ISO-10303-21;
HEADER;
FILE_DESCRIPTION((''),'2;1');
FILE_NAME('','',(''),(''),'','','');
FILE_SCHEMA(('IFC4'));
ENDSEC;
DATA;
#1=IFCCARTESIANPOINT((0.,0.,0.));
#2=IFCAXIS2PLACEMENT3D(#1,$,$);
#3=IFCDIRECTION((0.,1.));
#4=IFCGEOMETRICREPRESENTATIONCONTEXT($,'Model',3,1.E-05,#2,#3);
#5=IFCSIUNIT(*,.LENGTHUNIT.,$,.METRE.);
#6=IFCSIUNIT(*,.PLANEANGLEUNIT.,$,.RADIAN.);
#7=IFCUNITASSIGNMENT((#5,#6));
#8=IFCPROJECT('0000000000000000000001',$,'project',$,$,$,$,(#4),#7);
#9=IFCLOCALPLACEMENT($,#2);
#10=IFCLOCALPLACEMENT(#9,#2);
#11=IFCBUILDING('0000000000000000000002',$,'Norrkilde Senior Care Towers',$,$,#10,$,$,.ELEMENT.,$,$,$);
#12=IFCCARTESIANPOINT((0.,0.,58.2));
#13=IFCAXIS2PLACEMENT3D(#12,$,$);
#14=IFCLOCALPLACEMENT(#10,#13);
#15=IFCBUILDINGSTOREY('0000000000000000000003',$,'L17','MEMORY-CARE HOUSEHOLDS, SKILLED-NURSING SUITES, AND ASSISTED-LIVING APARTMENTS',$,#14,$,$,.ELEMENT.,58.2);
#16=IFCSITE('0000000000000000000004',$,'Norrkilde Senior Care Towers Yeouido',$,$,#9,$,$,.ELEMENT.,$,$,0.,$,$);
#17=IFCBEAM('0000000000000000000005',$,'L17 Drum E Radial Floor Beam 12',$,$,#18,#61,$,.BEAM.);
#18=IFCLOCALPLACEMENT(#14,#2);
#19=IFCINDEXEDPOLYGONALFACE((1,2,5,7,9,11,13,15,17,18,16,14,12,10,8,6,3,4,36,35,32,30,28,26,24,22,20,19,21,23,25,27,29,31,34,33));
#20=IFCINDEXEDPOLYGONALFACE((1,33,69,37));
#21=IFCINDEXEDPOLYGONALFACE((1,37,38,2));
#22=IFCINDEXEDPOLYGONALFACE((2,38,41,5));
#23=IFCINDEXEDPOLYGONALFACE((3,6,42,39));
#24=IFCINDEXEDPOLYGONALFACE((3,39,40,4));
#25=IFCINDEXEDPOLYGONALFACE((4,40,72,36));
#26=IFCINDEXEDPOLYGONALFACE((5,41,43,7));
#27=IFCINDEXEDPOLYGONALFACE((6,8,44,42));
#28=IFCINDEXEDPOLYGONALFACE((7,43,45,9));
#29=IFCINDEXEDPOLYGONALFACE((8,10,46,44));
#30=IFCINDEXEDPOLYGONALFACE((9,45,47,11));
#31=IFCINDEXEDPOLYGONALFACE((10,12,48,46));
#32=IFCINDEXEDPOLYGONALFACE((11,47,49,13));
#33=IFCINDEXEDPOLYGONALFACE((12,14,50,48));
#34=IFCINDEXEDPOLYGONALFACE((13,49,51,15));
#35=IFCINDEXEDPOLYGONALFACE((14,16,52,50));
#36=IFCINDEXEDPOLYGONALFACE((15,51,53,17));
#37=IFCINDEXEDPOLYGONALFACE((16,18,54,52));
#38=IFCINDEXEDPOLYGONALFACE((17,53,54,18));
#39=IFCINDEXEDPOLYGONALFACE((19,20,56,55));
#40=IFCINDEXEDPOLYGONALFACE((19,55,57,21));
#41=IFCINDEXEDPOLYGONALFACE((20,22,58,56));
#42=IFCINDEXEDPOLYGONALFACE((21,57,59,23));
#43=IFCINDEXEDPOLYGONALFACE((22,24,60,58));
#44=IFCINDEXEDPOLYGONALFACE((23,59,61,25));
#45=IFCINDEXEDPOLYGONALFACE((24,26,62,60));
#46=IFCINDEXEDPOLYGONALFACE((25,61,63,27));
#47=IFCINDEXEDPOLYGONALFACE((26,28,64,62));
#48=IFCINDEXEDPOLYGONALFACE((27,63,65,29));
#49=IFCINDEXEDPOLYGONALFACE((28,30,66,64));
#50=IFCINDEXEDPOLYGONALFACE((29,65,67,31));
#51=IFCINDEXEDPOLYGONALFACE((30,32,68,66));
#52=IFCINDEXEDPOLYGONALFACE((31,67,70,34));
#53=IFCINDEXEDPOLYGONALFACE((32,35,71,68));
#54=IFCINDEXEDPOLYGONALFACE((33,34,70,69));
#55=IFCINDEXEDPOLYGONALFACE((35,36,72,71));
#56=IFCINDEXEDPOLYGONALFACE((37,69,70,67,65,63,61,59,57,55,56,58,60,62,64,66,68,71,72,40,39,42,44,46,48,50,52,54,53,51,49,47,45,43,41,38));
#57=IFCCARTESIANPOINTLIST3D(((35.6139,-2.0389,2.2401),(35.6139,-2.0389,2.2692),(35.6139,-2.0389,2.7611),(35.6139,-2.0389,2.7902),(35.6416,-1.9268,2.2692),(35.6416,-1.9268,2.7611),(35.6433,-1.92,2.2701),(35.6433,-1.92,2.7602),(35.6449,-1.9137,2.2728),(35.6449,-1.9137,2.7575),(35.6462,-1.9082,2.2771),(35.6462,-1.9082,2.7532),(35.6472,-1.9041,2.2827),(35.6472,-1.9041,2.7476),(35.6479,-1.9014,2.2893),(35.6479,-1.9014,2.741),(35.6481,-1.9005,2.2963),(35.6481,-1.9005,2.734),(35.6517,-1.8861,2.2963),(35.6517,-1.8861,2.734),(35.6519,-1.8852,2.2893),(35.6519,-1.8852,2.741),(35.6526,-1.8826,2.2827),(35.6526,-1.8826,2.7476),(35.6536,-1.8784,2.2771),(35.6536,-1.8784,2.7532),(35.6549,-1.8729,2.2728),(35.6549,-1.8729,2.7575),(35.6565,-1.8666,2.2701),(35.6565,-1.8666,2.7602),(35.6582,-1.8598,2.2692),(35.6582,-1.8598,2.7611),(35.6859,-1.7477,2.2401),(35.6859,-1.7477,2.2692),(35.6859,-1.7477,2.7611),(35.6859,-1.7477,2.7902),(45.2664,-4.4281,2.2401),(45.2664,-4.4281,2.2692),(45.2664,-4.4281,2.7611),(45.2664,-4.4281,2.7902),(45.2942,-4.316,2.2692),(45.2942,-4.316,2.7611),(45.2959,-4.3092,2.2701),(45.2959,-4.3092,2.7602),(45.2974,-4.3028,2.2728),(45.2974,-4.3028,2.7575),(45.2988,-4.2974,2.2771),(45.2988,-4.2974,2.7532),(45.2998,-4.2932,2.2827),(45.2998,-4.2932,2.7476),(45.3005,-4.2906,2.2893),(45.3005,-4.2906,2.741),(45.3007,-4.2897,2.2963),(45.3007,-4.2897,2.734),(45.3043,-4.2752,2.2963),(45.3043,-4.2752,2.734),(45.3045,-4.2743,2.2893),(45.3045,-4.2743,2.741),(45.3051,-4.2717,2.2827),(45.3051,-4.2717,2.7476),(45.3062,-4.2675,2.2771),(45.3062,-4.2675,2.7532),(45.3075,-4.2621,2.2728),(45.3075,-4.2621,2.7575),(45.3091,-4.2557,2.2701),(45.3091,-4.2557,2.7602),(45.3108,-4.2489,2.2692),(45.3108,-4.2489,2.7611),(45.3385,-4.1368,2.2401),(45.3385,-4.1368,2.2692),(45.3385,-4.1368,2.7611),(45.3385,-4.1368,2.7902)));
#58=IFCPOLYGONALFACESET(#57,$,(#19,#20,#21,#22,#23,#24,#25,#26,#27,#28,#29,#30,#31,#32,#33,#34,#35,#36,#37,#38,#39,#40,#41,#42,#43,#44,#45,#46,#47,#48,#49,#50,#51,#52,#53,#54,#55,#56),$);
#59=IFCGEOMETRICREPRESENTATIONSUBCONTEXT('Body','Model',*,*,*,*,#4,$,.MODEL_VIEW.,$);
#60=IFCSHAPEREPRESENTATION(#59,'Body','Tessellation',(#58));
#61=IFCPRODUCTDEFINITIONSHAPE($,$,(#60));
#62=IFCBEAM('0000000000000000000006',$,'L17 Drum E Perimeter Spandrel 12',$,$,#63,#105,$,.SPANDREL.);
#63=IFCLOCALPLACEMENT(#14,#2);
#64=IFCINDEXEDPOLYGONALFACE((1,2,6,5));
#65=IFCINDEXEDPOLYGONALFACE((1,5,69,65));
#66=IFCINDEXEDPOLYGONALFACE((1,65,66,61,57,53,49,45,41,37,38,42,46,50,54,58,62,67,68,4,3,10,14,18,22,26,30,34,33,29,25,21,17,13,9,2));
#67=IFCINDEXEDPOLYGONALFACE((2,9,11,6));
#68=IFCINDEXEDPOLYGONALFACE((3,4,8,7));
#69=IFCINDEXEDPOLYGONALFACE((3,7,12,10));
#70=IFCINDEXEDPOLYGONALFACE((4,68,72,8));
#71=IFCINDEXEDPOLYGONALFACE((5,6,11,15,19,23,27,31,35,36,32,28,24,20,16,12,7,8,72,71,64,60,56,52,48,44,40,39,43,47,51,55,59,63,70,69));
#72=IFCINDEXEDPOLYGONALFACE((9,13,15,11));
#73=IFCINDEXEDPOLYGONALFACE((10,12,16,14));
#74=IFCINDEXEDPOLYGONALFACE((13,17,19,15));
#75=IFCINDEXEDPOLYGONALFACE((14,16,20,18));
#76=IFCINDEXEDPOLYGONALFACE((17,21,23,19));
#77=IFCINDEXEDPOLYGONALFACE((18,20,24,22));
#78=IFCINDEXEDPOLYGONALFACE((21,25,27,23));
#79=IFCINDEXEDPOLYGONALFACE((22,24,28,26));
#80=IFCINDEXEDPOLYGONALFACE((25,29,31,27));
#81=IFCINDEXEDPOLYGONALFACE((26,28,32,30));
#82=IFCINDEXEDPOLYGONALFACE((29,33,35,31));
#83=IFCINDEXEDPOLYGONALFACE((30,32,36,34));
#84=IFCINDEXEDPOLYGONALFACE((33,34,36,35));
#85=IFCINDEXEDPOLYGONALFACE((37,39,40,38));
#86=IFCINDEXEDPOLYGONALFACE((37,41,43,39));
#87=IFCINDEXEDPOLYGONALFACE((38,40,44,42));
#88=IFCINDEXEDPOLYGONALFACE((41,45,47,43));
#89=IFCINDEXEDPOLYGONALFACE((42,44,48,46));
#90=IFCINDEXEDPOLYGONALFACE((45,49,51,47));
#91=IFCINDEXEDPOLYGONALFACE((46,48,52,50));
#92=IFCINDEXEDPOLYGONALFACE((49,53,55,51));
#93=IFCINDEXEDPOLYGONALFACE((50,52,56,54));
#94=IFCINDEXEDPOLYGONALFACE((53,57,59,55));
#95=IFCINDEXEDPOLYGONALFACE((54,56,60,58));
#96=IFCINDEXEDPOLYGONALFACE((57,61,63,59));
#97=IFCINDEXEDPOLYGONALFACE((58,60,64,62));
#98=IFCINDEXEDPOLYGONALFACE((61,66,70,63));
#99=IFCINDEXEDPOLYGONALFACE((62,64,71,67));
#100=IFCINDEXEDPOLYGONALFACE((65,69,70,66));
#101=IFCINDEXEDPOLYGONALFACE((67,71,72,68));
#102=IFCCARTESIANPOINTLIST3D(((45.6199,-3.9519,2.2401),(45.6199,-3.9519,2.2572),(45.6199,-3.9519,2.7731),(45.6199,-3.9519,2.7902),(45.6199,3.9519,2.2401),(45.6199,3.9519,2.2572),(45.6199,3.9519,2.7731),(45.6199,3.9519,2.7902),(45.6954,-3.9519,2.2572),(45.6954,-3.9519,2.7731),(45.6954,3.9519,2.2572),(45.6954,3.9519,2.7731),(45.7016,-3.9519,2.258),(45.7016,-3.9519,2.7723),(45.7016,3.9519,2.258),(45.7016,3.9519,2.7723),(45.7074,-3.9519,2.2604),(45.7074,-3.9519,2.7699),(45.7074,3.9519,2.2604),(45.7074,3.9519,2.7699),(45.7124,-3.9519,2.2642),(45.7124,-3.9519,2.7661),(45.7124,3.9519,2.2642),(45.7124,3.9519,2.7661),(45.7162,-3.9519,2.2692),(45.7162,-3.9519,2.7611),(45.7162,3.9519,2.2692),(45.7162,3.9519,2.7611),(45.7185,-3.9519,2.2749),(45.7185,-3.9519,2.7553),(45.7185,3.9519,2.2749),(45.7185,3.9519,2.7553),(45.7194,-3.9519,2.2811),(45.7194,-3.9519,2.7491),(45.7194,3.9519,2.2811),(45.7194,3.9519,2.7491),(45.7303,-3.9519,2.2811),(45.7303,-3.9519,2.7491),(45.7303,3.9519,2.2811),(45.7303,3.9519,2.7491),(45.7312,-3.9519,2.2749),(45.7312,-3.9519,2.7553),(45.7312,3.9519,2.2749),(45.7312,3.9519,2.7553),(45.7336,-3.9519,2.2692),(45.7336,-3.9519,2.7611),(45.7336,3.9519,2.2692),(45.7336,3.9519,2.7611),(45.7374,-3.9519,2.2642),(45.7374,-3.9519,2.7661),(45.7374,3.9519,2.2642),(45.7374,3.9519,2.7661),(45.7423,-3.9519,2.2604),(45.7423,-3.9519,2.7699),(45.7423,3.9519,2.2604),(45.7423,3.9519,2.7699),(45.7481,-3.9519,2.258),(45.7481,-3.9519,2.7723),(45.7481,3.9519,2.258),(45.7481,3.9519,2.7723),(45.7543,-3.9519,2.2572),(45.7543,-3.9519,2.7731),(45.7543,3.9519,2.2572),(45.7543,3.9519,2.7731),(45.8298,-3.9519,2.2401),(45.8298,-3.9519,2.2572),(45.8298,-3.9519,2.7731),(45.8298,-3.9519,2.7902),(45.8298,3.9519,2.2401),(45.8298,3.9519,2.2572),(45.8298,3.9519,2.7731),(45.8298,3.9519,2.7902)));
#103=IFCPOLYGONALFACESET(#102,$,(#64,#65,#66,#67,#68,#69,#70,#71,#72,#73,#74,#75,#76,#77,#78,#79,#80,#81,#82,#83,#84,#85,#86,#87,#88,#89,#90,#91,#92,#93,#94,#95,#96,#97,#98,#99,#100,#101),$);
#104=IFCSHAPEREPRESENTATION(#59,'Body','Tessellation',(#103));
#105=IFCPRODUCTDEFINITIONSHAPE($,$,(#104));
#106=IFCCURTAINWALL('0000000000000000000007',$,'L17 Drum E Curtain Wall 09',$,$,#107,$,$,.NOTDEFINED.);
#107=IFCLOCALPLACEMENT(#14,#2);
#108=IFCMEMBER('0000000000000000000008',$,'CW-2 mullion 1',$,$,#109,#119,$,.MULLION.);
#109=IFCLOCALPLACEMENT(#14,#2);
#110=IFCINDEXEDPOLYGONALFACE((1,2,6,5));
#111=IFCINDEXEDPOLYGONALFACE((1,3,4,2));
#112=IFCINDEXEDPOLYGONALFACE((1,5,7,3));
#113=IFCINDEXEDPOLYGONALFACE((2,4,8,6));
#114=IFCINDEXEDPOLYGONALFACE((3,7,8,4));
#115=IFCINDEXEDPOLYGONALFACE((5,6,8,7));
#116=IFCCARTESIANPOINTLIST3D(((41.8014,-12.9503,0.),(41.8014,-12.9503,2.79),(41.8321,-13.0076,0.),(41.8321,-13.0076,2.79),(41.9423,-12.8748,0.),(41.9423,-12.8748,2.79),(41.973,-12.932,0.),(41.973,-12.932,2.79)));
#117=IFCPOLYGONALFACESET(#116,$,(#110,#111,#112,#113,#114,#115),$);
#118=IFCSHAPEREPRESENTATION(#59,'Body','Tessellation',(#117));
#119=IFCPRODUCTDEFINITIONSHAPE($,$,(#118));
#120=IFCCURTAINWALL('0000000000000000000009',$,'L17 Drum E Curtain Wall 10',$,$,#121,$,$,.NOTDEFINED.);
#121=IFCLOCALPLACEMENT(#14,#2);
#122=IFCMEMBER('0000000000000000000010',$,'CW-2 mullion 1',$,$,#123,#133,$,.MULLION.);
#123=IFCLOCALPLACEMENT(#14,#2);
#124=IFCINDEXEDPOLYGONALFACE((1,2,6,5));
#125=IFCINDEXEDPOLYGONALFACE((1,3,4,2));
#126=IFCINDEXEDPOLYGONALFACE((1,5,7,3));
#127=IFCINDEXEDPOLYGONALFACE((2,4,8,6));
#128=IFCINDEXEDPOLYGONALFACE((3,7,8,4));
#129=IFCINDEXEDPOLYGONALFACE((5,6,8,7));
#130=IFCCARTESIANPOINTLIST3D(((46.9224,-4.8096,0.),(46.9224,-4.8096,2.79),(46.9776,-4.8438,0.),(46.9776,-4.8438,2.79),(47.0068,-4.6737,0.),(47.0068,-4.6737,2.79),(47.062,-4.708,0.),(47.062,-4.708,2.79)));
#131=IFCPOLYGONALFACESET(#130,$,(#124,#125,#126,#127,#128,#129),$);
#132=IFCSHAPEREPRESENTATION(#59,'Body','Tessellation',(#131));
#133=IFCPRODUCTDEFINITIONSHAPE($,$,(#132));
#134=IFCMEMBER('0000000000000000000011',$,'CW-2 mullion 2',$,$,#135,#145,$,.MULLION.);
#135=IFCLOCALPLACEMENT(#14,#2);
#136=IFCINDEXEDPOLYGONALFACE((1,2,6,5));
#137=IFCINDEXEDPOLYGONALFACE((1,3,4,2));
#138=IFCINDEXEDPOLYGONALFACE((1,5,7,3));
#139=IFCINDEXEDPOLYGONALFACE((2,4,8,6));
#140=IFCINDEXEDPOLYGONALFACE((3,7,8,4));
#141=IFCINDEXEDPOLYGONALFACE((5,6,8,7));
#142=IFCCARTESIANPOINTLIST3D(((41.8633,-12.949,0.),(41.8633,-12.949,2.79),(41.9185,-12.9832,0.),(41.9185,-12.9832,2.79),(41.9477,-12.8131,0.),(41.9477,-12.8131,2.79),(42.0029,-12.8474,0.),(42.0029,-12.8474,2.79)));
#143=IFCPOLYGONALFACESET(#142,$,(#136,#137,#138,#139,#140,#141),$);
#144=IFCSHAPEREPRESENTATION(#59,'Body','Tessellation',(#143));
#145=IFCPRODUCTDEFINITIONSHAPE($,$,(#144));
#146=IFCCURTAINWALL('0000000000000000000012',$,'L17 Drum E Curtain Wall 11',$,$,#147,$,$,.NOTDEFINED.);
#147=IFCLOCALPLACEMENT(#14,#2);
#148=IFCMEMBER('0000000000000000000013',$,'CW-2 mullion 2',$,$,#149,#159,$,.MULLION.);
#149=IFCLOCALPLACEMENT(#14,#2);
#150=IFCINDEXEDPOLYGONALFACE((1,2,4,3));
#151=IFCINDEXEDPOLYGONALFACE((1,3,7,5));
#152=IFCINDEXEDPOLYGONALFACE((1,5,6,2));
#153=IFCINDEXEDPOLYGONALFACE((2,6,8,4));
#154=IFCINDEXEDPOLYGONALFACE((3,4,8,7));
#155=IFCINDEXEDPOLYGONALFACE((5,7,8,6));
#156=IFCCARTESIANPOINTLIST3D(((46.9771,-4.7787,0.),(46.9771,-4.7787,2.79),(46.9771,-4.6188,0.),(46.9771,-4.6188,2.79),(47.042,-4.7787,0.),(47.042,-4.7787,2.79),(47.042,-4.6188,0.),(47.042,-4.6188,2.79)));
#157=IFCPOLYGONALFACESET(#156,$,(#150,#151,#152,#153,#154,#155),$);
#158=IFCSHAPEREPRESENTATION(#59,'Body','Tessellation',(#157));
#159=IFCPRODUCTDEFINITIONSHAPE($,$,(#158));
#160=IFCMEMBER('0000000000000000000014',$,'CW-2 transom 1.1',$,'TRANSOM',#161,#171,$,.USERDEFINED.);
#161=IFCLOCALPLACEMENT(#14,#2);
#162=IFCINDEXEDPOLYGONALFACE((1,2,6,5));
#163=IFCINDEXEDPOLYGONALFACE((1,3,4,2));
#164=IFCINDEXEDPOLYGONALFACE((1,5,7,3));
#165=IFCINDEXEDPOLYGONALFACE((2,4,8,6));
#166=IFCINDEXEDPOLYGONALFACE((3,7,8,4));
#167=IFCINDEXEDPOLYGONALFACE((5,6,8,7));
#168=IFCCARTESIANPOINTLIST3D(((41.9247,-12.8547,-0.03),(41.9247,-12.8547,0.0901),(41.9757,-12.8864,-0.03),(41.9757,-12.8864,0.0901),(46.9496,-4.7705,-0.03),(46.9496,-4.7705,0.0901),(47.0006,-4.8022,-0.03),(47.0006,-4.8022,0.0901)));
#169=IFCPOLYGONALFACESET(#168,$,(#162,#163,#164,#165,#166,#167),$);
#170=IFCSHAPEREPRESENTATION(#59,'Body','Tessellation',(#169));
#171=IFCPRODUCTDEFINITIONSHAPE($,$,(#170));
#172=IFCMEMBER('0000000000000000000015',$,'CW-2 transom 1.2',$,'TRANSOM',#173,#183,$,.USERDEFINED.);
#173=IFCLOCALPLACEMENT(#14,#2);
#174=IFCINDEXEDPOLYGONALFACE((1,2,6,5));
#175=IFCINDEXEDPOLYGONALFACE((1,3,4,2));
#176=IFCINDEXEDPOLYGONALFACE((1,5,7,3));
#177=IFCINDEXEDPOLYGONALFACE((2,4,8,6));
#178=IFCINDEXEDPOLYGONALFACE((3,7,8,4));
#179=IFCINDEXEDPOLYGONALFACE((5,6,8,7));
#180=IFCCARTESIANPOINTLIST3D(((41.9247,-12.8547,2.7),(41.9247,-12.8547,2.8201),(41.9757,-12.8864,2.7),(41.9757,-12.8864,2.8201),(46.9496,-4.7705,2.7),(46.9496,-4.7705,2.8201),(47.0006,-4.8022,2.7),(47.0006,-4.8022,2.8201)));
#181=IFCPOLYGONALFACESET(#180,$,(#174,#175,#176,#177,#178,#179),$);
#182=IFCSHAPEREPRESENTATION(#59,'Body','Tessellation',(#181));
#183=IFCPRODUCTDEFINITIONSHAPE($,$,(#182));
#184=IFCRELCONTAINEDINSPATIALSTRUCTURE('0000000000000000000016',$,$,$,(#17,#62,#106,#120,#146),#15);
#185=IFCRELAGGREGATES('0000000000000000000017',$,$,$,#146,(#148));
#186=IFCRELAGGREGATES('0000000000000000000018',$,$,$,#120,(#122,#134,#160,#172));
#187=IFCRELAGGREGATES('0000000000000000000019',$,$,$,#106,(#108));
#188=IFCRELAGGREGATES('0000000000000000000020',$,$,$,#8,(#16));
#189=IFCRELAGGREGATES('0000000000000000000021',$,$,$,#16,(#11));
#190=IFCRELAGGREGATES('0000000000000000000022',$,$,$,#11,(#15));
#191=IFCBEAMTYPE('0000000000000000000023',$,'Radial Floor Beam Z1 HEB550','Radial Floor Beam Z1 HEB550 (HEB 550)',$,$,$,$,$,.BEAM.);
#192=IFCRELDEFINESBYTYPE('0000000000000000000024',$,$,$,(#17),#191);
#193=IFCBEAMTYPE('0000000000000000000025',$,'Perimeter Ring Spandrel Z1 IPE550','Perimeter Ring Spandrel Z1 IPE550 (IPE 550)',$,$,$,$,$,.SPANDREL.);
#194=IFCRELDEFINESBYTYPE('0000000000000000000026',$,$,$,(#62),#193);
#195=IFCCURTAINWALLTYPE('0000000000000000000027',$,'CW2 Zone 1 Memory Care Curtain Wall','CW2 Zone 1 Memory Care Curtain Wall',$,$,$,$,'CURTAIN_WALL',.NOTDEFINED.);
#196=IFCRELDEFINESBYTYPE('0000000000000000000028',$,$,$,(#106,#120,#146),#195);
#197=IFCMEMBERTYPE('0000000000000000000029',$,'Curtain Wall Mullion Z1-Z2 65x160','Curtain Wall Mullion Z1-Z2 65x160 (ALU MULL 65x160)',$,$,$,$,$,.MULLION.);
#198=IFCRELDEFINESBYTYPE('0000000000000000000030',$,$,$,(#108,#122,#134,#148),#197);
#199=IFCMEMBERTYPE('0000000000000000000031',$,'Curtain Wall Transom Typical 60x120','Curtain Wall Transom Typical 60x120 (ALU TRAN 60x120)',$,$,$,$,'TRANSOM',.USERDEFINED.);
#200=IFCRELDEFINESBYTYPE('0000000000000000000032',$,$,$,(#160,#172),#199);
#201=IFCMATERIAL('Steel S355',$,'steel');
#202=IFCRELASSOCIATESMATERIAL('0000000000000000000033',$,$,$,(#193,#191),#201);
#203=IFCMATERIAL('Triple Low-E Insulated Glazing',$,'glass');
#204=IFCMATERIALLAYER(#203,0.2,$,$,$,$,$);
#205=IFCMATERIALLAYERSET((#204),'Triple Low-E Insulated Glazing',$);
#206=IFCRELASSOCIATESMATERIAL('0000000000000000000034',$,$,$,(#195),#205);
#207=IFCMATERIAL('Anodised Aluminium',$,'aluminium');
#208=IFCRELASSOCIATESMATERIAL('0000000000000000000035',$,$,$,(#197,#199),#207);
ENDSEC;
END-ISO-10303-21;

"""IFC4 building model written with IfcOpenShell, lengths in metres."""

from ifc_helpers import new_model, si_unit, direction, frame, origin, origin_2d, place, context, subcontext, project, spatial, rectangle, i_section, extrude, source, transform, mapped, material, layer, layer_set, material_profile, profile_set, type_object, type_shapes, element, aggregate, save


model = new_model("IFC4")

# Units and contexts
model_context = context("Model", 3, precision=1e-05, world=origin(), true_north=direction((0.0, 1.0)))
body_context = subcontext(model_context, "Body", "Model", "MODEL_VIEW")
ifc_project = project(units=[si_unit("LENGTHUNIT", "METRE"), si_unit("PLANEANGLEUNIT", "RADIAN")], contexts=[model_context])

# Site, building, storey
site_placement = place(None, origin())
site = spatial("IfcSite", under=ifc_project, at=site_placement, Name="Norrkilde Senior Care Towers Yeouido", CompositionType="ELEMENT", RefElevation=0.0)
building_placement = place(site_placement, origin())
building = spatial("IfcBuilding", under=site, at=building_placement, Name="Norrkilde Senior Care Towers", CompositionType="ELEMENT")
storey_placement = place(building_placement, frame((0.0, 0.0, 58.2)))
storey = spatial("IfcBuildingStorey", under=building, at=storey_placement, Name="L17", Description="MEMORY-CARE HOUSEHOLDS, SKILLED-NURSING SUITES, AND ASSISTED-LIVING APARTMENTS", CompositionType="ELEMENT", Elevation=58.2)

# Beams
ifc_material_1 = material(Name="Steel S355", Category="steel")
ifc_material_profile_1 = material_profile(ifc_material_1, i_section(OverallWidth=0.21, OverallDepth=0.55, WebThickness=0.011, FlangeThickness=0.0171, FilletRadius=0.0239, at=origin_2d()), Name="IPE 550")
ifc_profile_set_1 = profile_set([ifc_material_profile_1], Name="Steel S355")
beam_type_1 = type_object("IfcBeamType", Name="Perimeter Ring Spandrel Z1 IPE550", Description="Perimeter Ring Spandrel Z1 IPE550 (IPE 550)", PredefinedType="SPANDREL", material=ifc_profile_set_1)
ifc_material_profile_2 = material_profile(ifc_material_1, i_section(OverallWidth=0.3, OverallDepth=0.55, WebThickness=0.0149, FlangeThickness=0.0291, FilletRadius=0.0271, at=origin_2d()), Name="HEB 550")
ifc_profile_set_2 = profile_set([ifc_material_profile_2], Name="Steel S355")
beam_type_2 = type_object("IfcBeamType", Name="Radial Floor Beam Z1 HEB550", Description="Radial Floor Beam Z1 HEB550 (HEB 550)", PredefinedType="BEAM", material=ifc_profile_set_2)
shared_shape_1 = source(origin(), body_context, "Body", "SweptSolid", [
    extrude(i_section(OverallWidth=0.3, OverallDepth=0.55, WebThickness=0.0149, FlangeThickness=0.0291, FilletRadius=0.0271, at=origin_2d()), origin(), (0.0, 0.0, 1.0), 9.9438),
])
type_shapes(beam_type_2, [shared_shape_1])
beam_1_placement = place(storey_placement, frame((35.6499, -1.8933, 2.5151), z_axis=(0.970707, -0.240265, 0.0), x_axis=(0.240265, 0.970707, 0.0)))
element("IfcBeam", 1, at=beam_1_placement, inside=storey, type_object=beam_type_2, Name="L17 Drum E Radial Floor Beam 12", PredefinedType="BEAM", context=body_context, shape_type="MappedRepresentation", body=[
    mapped(shared_shape_1, transform((0.0, 0.0, 0.0), x_axis=(1.0, 0.0, 0.0), y_axis=(0.0, 1.0, 0.0), z_axis=(0.0, 0.0, 1.0), scale=1.0)),
])
shared_shape_2 = source(origin(), body_context, "Body", "SweptSolid", [
    extrude(i_section(OverallWidth=0.21, OverallDepth=0.55, WebThickness=0.011, FlangeThickness=0.0171, FilletRadius=0.0239, at=origin_2d()), origin(), (0.0, 0.0, 1.0), 7.9038),
])
beam_2_placement = place(storey_placement, frame((45.7249, -3.9519, 2.5151), z_axis=(0.0, 1.0, 0.0), x_axis=(-1.0, 0.0, 0.0)))
element("IfcBeam", 2, at=beam_2_placement, inside=storey, type_object=beam_type_1, Name="L17 Drum E Perimeter Spandrel 12", PredefinedType="SPANDREL", context=body_context, shape_type="MappedRepresentation", body=[
    mapped(shared_shape_2, transform((0.0, 0.0, 0.0), x_axis=(1.0, 0.0, 0.0), y_axis=(0.0, 1.0, 0.0), z_axis=(0.0, 0.0, 1.0), scale=1.0)),
])

# Curtain wall, member
ifc_material_2 = material(Name="Triple Low-E Insulated Glazing", Category="glass")
ifc_layer_1 = layer(ifc_material_2, 0.2)
ifc_layer_set_1 = layer_set([ifc_layer_1], Name="Triple Low-E Insulated Glazing")
curtain_wall_type = type_object("IfcCurtainWallType", Name="CW2 Zone 1 Memory Care Curtain Wall", Description="CW2 Zone 1 Memory Care Curtain Wall", ElementType="CURTAIN_WALL", PredefinedType="NOTDEFINED", material=ifc_layer_set_1)
curtain_wall_1_placement = place(storey_placement, origin())
curtain_wall_1 = element("IfcCurtainWall", 3, at=curtain_wall_1_placement, inside=storey, type_object=curtain_wall_type, Name="L17 Drum E Curtain Wall 09", PredefinedType="NOTDEFINED")
ifc_material_3 = material(Name="Anodised Aluminium", Category="aluminium")
ifc_material_profile_3 = material_profile(ifc_material_3, rectangle(XDim=0.0649, YDim=0.1599, at=origin_2d()), Name="ALU MULL 65x160")
ifc_profile_set_3 = profile_set([ifc_material_profile_3], Name="Anodised Aluminium")
member_type_1 = type_object("IfcMemberType", Name="Curtain Wall Mullion Z1-Z2 65x160", Description="Curtain Wall Mullion Z1-Z2 65x160 (ALU MULL 65x160)", PredefinedType="MULLION", material=ifc_profile_set_3)
shared_shape_3 = source(origin(), body_context, "Body", "SweptSolid", [
    extrude(rectangle(XDim=0.0649, YDim=0.1599, at=origin_2d()), origin(), (0.0, 0.0, 1.0), 2.79),
])
type_shapes(member_type_1, [shared_shape_3])
member_1_placement = place(storey_placement, frame((41.8872, -12.9412, 0.0), z_axis=(0.0, 0.0, 1.0), x_axis=(0.472608, -0.881273, 0.0)))
member_1 = element("IfcMember", 4, at=member_1_placement, type_object=member_type_1, Name="CW-2 mullion 1", PredefinedType="MULLION", context=body_context, shape_type="MappedRepresentation", body=[
    mapped(shared_shape_3, transform((0.0, 0.0, 0.0), x_axis=(1.0, 0.0, 0.0), y_axis=(0.0, 1.0, 0.0), z_axis=(0.0, 0.0, 1.0), scale=1.0)),
])

# Curtain wall, members
curtain_wall_2_placement = place(storey_placement, origin())
curtain_wall_2 = element("IfcCurtainWall", 5, at=curtain_wall_2_placement, inside=storey, type_object=curtain_wall_type, Name="L17 Drum E Curtain Wall 10", PredefinedType="NOTDEFINED")
member_2_placement = place(storey_placement, frame((46.9922, -4.7588, 0.0), z_axis=(0.0, 0.0, 1.0), x_axis=(0.849306, -0.527901, 0.0)))
member_2 = element("IfcMember", 6, at=member_2_placement, type_object=member_type_1, Name="CW-2 mullion 1", PredefinedType="MULLION", context=body_context, shape_type="MappedRepresentation", body=[
    mapped(shared_shape_3, transform((0.0, 0.0, 0.0), x_axis=(1.0, 0.0, 0.0), y_axis=(0.0, 1.0, 0.0), z_axis=(0.0, 0.0, 1.0), scale=1.0)),
])
member_3_placement = place(storey_placement, frame((41.9331, -12.8982, 0.0), z_axis=(0.0, 0.0, 1.0), x_axis=(0.849306, -0.527901, 0.0)))
member_3 = element("IfcMember", 7, at=member_3_placement, type_object=member_type_1, Name="CW-2 mullion 2", PredefinedType="MULLION", context=body_context, shape_type="MappedRepresentation", body=[
    mapped(shared_shape_3, transform((0.0, 0.0, 0.0), x_axis=(1.0, 0.0, 0.0), y_axis=(0.0, 1.0, 0.0), z_axis=(0.0, 0.0, 1.0), scale=1.0)),
])

# Curtain wall, member
curtain_wall_3_placement = place(storey_placement, origin())
curtain_wall_3 = element("IfcCurtainWall", 8, at=curtain_wall_3_placement, inside=storey, type_object=curtain_wall_type, Name="L17 Drum E Curtain Wall 11", PredefinedType="NOTDEFINED")
member_4_placement = place(storey_placement, frame((47.0095, -4.6987, 0.0), z_axis=(0.0, 0.0, 1.0), x_axis=(1.0, 0.0, 0.0)))
member_4 = element("IfcMember", 9, at=member_4_placement, type_object=member_type_1, Name="CW-2 mullion 2", PredefinedType="MULLION", context=body_context, shape_type="MappedRepresentation", body=[
    mapped(shared_shape_3, transform((0.0, 0.0, 0.0), x_axis=(1.0, 0.0, 0.0), y_axis=(0.0, 1.0, 0.0), z_axis=(0.0, 0.0, 1.0), scale=1.0)),
])
aggregate(curtain_wall_3, [member_4])

# Members
ifc_material_profile_4 = material_profile(ifc_material_3, rectangle(XDim=0.0601, YDim=0.1201, at=origin_2d()), Name="ALU TRAN 60x120")
ifc_profile_set_4 = profile_set([ifc_material_profile_4], Name="Anodised Aluminium")
member_type_2 = type_object("IfcMemberType", Name="Curtain Wall Transom Typical 60x120", Description="Curtain Wall Transom Typical 60x120 (ALU TRAN 60x120)", ElementType="TRANSOM", PredefinedType="USERDEFINED", material=ifc_profile_set_4)
shared_shape_4 = source(origin(), body_context, "Body", "SweptSolid", [
    extrude(rectangle(XDim=0.0601, YDim=0.1201, at=origin_2d()), origin(), (0.0, 0.0, 1.0), 9.5186),
])
member_5_placement = place(storey_placement, frame((46.9751, -4.7864, 0.03), z_axis=(-0.527902, -0.849306, 0.0), x_axis=(0.849306, -0.527902, 0.0)))
member_5 = element("IfcMember", 10, at=member_5_placement, type_object=member_type_2, Name="CW-2 transom 1.1", ObjectType="TRANSOM", PredefinedType="USERDEFINED", context=body_context, shape_type="MappedRepresentation", body=[
    mapped(shared_shape_4, transform((0.0, 0.0, 0.0), x_axis=(1.0, 0.0, 0.0), y_axis=(0.0, 1.0, 0.0), z_axis=(0.0, 0.0, 1.0), scale=1.0)),
])
member_6_placement = place(storey_placement, frame((46.9751, -4.7864, 2.76), z_axis=(-0.527902, -0.849306, 0.0), x_axis=(0.849306, -0.527902, 0.0)))
member_6 = element("IfcMember", 11, at=member_6_placement, type_object=member_type_2, Name="CW-2 transom 1.2", ObjectType="TRANSOM", PredefinedType="USERDEFINED", context=body_context, shape_type="MappedRepresentation", body=[
    mapped(shared_shape_4, transform((0.0, 0.0, 0.0), x_axis=(1.0, 0.0, 0.0), y_axis=(0.0, 1.0, 0.0), z_axis=(0.0, 0.0, 1.0), scale=1.0)),
])

aggregate(curtain_wall_2, [member_2, member_3, member_5, member_6])
aggregate(curtain_wall_1, [member_1])

save(model, "model.ifc")
